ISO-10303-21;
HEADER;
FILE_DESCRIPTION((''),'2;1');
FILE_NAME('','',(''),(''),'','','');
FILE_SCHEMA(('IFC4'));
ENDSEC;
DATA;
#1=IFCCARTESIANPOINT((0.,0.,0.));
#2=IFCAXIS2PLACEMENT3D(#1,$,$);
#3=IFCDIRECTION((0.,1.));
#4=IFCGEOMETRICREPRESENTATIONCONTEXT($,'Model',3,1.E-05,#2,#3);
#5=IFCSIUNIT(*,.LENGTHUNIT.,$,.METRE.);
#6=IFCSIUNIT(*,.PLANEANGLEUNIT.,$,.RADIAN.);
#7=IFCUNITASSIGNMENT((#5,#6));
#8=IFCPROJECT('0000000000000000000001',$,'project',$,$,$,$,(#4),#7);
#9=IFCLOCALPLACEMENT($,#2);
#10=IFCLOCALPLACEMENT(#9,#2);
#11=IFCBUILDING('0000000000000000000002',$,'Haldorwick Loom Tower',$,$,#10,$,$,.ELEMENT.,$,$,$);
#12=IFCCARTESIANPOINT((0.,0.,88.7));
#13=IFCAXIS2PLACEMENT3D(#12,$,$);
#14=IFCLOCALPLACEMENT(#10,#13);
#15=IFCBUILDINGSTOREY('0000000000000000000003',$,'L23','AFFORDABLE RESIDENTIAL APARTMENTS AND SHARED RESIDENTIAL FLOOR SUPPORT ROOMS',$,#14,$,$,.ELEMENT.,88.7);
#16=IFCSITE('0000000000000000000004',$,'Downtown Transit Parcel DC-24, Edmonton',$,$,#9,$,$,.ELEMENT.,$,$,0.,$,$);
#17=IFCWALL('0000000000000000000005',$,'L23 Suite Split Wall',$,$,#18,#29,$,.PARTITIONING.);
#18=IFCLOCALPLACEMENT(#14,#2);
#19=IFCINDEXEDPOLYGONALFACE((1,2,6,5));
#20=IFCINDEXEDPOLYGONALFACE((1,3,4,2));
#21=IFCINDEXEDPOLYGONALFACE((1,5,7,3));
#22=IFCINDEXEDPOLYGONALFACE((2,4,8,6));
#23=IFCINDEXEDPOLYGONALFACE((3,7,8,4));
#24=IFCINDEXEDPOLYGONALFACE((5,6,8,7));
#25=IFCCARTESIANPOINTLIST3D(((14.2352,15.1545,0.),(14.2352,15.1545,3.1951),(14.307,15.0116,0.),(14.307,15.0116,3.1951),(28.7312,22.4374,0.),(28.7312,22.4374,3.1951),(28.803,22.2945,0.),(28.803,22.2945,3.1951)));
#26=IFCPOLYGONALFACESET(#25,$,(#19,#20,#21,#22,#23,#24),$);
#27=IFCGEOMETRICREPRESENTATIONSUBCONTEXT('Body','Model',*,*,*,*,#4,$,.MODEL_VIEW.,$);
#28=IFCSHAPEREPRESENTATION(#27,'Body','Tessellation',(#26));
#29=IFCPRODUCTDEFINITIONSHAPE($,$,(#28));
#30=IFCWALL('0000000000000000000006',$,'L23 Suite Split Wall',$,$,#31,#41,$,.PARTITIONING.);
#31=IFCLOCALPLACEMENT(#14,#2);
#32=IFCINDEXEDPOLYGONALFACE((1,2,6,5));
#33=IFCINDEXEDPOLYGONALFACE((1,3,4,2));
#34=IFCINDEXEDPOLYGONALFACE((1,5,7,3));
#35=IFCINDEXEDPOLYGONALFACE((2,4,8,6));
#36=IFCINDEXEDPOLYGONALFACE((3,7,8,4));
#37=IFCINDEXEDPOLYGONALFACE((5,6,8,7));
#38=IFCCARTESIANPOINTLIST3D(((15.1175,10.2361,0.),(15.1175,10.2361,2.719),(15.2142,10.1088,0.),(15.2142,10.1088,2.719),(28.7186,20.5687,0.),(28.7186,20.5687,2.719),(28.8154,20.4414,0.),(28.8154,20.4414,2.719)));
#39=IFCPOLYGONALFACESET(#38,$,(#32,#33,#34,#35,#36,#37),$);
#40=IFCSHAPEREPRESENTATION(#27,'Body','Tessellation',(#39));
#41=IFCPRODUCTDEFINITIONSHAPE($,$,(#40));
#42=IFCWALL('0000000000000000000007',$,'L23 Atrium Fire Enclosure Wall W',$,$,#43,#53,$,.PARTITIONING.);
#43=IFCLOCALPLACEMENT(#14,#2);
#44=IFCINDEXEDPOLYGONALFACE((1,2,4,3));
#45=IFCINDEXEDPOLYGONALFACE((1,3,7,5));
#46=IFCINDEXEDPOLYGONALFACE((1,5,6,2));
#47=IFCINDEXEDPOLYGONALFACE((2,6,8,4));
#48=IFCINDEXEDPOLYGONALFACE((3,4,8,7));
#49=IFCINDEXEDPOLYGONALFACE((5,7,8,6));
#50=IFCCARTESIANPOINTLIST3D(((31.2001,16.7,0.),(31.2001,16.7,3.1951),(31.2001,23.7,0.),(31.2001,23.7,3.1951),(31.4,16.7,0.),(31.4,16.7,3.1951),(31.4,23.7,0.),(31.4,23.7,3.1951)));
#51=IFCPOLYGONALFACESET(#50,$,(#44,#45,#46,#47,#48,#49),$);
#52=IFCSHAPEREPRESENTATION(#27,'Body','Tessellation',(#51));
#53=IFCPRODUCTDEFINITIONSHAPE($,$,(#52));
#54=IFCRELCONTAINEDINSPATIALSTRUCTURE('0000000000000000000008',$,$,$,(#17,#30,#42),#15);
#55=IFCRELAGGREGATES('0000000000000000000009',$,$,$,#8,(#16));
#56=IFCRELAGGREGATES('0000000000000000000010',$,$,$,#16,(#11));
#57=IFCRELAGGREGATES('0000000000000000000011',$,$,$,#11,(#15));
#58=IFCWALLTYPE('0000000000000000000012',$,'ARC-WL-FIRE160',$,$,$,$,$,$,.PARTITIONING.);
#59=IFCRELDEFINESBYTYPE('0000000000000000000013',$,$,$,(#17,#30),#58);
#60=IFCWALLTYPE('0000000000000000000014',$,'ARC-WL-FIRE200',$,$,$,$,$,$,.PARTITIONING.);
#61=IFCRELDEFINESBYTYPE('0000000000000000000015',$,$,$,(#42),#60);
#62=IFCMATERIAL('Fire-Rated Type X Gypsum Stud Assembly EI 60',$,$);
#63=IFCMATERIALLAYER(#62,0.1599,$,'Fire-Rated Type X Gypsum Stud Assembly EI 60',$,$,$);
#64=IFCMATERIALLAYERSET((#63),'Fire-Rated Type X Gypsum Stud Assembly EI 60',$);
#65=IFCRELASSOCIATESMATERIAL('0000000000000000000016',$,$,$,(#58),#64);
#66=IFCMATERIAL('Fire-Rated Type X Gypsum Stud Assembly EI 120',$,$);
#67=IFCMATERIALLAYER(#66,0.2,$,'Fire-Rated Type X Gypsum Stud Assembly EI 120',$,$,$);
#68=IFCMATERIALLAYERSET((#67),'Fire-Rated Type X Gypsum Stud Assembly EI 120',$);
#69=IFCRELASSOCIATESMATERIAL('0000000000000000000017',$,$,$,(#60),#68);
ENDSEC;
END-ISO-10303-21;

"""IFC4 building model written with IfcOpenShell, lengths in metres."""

from ifc_helpers import new_model, si_unit, direction, frame, frame_2d, origin, place, context, subcontext, project, spatial, rectangle, extrude, material, layer, layer_set, type_object, element, save


model = new_model("IFC4")

# Units and contexts
model_context = context("Model", 3, precision=1e-05, world=origin(), true_north=direction((0.0, 1.0)))
body_context = subcontext(model_context, "Body", "Model", "MODEL_VIEW")
ifc_project = project(units=[si_unit("LENGTHUNIT", "METRE"), si_unit("PLANEANGLEUNIT", "RADIAN")], contexts=[model_context])

# Site, building, storey
site_placement = place(None, origin())
site = spatial("IfcSite", under=ifc_project, at=site_placement, Name="Downtown Transit Parcel DC-24, Edmonton", CompositionType="ELEMENT", RefElevation=0.0)
building_placement = place(site_placement, origin())
building = spatial("IfcBuilding", under=site, at=building_placement, Name="Haldorwick Loom Tower", CompositionType="ELEMENT")
storey_placement = place(building_placement, frame((0.0, 0.0, 88.7)))
storey = spatial("IfcBuildingStorey", under=building, at=storey_placement, Name="L23", Description="AFFORDABLE RESIDENTIAL APARTMENTS AND SHARED RESIDENTIAL FLOOR SUPPORT ROOMS", CompositionType="ELEMENT", Elevation=88.7)

# Shared definitions
ifc_material_1 = material(Name="Fire-Rated Type X Gypsum Stud Assembly EI 60")
ifc_layer_1 = layer(ifc_material_1, 0.1599, Name="Fire-Rated Type X Gypsum Stud Assembly EI 60")
ifc_layer_set_1 = layer_set([ifc_layer_1], Name="Fire-Rated Type X Gypsum Stud Assembly EI 60")
wall_type_1 = type_object("IfcWallType", Name="ARC-WL-FIRE160", PredefinedType="PARTITIONING", material=ifc_layer_set_1)

# Walls
wall_1_placement = place(storey_placement, frame((28.7671, 22.366, 0.0), z_axis=(0.0, 0.0, 1.0), x_axis=(-0.893565, -0.448934, 0.0)))
element("IfcWall", 1, at=wall_1_placement, inside=storey, type_object=wall_type_1, Name="L23 Suite Split Wall", PredefinedType="PARTITIONING", context=body_context, shape_type="SweptSolid", body=[
    extrude(rectangle(XDim=16.2227, YDim=0.1599, at=frame_2d((8.1113, 0.0))), origin(), (0.0, 0.0, 1.0), 3.1951),
])
wall_2_placement = place(storey_placement, frame((28.7671, 20.5051, 0.0), z_axis=(0.0, 0.0, 1.0), x_axis=(-0.796283, -0.604924, 0.0)))
element("IfcWall", 2, at=wall_2_placement, inside=storey, type_object=wall_type_1, Name="L23 Suite Split Wall", PredefinedType="PARTITIONING", context=body_context, shape_type="SweptSolid", body=[
    extrude(rectangle(XDim=17.0808, YDim=0.1599, at=frame_2d((8.5405, 0.0))), origin(), (0.0, 0.0, 1.0), 2.719),
])
ifc_material_2 = material(Name="Fire-Rated Type X Gypsum Stud Assembly EI 120")
ifc_layer_2 = layer(ifc_material_2, 0.2, Name="Fire-Rated Type X Gypsum Stud Assembly EI 120")
ifc_layer_set_2 = layer_set([ifc_layer_2], Name="Fire-Rated Type X Gypsum Stud Assembly EI 120")
wall_type_2 = type_object("IfcWallType", Name="ARC-WL-FIRE200", PredefinedType="PARTITIONING", material=ifc_layer_set_2)
wall_3_placement = place(storey_placement, frame((31.3, 16.7, 0.0), z_axis=(0.0, 0.0, 1.0), x_axis=(0.0, 1.0, 0.0)))
element("IfcWall", 3, at=wall_3_placement, inside=storey, type_object=wall_type_2, Name="L23 Atrium Fire Enclosure Wall W", PredefinedType="PARTITIONING", context=body_context, shape_type="SweptSolid", body=[
    extrude(rectangle(XDim=7.0, YDim=0.2, at=frame_2d((3.5, 0.0))), origin(), (0.0, 0.0, 1.0), 3.1951),
])

save(model, "model.ifc")
